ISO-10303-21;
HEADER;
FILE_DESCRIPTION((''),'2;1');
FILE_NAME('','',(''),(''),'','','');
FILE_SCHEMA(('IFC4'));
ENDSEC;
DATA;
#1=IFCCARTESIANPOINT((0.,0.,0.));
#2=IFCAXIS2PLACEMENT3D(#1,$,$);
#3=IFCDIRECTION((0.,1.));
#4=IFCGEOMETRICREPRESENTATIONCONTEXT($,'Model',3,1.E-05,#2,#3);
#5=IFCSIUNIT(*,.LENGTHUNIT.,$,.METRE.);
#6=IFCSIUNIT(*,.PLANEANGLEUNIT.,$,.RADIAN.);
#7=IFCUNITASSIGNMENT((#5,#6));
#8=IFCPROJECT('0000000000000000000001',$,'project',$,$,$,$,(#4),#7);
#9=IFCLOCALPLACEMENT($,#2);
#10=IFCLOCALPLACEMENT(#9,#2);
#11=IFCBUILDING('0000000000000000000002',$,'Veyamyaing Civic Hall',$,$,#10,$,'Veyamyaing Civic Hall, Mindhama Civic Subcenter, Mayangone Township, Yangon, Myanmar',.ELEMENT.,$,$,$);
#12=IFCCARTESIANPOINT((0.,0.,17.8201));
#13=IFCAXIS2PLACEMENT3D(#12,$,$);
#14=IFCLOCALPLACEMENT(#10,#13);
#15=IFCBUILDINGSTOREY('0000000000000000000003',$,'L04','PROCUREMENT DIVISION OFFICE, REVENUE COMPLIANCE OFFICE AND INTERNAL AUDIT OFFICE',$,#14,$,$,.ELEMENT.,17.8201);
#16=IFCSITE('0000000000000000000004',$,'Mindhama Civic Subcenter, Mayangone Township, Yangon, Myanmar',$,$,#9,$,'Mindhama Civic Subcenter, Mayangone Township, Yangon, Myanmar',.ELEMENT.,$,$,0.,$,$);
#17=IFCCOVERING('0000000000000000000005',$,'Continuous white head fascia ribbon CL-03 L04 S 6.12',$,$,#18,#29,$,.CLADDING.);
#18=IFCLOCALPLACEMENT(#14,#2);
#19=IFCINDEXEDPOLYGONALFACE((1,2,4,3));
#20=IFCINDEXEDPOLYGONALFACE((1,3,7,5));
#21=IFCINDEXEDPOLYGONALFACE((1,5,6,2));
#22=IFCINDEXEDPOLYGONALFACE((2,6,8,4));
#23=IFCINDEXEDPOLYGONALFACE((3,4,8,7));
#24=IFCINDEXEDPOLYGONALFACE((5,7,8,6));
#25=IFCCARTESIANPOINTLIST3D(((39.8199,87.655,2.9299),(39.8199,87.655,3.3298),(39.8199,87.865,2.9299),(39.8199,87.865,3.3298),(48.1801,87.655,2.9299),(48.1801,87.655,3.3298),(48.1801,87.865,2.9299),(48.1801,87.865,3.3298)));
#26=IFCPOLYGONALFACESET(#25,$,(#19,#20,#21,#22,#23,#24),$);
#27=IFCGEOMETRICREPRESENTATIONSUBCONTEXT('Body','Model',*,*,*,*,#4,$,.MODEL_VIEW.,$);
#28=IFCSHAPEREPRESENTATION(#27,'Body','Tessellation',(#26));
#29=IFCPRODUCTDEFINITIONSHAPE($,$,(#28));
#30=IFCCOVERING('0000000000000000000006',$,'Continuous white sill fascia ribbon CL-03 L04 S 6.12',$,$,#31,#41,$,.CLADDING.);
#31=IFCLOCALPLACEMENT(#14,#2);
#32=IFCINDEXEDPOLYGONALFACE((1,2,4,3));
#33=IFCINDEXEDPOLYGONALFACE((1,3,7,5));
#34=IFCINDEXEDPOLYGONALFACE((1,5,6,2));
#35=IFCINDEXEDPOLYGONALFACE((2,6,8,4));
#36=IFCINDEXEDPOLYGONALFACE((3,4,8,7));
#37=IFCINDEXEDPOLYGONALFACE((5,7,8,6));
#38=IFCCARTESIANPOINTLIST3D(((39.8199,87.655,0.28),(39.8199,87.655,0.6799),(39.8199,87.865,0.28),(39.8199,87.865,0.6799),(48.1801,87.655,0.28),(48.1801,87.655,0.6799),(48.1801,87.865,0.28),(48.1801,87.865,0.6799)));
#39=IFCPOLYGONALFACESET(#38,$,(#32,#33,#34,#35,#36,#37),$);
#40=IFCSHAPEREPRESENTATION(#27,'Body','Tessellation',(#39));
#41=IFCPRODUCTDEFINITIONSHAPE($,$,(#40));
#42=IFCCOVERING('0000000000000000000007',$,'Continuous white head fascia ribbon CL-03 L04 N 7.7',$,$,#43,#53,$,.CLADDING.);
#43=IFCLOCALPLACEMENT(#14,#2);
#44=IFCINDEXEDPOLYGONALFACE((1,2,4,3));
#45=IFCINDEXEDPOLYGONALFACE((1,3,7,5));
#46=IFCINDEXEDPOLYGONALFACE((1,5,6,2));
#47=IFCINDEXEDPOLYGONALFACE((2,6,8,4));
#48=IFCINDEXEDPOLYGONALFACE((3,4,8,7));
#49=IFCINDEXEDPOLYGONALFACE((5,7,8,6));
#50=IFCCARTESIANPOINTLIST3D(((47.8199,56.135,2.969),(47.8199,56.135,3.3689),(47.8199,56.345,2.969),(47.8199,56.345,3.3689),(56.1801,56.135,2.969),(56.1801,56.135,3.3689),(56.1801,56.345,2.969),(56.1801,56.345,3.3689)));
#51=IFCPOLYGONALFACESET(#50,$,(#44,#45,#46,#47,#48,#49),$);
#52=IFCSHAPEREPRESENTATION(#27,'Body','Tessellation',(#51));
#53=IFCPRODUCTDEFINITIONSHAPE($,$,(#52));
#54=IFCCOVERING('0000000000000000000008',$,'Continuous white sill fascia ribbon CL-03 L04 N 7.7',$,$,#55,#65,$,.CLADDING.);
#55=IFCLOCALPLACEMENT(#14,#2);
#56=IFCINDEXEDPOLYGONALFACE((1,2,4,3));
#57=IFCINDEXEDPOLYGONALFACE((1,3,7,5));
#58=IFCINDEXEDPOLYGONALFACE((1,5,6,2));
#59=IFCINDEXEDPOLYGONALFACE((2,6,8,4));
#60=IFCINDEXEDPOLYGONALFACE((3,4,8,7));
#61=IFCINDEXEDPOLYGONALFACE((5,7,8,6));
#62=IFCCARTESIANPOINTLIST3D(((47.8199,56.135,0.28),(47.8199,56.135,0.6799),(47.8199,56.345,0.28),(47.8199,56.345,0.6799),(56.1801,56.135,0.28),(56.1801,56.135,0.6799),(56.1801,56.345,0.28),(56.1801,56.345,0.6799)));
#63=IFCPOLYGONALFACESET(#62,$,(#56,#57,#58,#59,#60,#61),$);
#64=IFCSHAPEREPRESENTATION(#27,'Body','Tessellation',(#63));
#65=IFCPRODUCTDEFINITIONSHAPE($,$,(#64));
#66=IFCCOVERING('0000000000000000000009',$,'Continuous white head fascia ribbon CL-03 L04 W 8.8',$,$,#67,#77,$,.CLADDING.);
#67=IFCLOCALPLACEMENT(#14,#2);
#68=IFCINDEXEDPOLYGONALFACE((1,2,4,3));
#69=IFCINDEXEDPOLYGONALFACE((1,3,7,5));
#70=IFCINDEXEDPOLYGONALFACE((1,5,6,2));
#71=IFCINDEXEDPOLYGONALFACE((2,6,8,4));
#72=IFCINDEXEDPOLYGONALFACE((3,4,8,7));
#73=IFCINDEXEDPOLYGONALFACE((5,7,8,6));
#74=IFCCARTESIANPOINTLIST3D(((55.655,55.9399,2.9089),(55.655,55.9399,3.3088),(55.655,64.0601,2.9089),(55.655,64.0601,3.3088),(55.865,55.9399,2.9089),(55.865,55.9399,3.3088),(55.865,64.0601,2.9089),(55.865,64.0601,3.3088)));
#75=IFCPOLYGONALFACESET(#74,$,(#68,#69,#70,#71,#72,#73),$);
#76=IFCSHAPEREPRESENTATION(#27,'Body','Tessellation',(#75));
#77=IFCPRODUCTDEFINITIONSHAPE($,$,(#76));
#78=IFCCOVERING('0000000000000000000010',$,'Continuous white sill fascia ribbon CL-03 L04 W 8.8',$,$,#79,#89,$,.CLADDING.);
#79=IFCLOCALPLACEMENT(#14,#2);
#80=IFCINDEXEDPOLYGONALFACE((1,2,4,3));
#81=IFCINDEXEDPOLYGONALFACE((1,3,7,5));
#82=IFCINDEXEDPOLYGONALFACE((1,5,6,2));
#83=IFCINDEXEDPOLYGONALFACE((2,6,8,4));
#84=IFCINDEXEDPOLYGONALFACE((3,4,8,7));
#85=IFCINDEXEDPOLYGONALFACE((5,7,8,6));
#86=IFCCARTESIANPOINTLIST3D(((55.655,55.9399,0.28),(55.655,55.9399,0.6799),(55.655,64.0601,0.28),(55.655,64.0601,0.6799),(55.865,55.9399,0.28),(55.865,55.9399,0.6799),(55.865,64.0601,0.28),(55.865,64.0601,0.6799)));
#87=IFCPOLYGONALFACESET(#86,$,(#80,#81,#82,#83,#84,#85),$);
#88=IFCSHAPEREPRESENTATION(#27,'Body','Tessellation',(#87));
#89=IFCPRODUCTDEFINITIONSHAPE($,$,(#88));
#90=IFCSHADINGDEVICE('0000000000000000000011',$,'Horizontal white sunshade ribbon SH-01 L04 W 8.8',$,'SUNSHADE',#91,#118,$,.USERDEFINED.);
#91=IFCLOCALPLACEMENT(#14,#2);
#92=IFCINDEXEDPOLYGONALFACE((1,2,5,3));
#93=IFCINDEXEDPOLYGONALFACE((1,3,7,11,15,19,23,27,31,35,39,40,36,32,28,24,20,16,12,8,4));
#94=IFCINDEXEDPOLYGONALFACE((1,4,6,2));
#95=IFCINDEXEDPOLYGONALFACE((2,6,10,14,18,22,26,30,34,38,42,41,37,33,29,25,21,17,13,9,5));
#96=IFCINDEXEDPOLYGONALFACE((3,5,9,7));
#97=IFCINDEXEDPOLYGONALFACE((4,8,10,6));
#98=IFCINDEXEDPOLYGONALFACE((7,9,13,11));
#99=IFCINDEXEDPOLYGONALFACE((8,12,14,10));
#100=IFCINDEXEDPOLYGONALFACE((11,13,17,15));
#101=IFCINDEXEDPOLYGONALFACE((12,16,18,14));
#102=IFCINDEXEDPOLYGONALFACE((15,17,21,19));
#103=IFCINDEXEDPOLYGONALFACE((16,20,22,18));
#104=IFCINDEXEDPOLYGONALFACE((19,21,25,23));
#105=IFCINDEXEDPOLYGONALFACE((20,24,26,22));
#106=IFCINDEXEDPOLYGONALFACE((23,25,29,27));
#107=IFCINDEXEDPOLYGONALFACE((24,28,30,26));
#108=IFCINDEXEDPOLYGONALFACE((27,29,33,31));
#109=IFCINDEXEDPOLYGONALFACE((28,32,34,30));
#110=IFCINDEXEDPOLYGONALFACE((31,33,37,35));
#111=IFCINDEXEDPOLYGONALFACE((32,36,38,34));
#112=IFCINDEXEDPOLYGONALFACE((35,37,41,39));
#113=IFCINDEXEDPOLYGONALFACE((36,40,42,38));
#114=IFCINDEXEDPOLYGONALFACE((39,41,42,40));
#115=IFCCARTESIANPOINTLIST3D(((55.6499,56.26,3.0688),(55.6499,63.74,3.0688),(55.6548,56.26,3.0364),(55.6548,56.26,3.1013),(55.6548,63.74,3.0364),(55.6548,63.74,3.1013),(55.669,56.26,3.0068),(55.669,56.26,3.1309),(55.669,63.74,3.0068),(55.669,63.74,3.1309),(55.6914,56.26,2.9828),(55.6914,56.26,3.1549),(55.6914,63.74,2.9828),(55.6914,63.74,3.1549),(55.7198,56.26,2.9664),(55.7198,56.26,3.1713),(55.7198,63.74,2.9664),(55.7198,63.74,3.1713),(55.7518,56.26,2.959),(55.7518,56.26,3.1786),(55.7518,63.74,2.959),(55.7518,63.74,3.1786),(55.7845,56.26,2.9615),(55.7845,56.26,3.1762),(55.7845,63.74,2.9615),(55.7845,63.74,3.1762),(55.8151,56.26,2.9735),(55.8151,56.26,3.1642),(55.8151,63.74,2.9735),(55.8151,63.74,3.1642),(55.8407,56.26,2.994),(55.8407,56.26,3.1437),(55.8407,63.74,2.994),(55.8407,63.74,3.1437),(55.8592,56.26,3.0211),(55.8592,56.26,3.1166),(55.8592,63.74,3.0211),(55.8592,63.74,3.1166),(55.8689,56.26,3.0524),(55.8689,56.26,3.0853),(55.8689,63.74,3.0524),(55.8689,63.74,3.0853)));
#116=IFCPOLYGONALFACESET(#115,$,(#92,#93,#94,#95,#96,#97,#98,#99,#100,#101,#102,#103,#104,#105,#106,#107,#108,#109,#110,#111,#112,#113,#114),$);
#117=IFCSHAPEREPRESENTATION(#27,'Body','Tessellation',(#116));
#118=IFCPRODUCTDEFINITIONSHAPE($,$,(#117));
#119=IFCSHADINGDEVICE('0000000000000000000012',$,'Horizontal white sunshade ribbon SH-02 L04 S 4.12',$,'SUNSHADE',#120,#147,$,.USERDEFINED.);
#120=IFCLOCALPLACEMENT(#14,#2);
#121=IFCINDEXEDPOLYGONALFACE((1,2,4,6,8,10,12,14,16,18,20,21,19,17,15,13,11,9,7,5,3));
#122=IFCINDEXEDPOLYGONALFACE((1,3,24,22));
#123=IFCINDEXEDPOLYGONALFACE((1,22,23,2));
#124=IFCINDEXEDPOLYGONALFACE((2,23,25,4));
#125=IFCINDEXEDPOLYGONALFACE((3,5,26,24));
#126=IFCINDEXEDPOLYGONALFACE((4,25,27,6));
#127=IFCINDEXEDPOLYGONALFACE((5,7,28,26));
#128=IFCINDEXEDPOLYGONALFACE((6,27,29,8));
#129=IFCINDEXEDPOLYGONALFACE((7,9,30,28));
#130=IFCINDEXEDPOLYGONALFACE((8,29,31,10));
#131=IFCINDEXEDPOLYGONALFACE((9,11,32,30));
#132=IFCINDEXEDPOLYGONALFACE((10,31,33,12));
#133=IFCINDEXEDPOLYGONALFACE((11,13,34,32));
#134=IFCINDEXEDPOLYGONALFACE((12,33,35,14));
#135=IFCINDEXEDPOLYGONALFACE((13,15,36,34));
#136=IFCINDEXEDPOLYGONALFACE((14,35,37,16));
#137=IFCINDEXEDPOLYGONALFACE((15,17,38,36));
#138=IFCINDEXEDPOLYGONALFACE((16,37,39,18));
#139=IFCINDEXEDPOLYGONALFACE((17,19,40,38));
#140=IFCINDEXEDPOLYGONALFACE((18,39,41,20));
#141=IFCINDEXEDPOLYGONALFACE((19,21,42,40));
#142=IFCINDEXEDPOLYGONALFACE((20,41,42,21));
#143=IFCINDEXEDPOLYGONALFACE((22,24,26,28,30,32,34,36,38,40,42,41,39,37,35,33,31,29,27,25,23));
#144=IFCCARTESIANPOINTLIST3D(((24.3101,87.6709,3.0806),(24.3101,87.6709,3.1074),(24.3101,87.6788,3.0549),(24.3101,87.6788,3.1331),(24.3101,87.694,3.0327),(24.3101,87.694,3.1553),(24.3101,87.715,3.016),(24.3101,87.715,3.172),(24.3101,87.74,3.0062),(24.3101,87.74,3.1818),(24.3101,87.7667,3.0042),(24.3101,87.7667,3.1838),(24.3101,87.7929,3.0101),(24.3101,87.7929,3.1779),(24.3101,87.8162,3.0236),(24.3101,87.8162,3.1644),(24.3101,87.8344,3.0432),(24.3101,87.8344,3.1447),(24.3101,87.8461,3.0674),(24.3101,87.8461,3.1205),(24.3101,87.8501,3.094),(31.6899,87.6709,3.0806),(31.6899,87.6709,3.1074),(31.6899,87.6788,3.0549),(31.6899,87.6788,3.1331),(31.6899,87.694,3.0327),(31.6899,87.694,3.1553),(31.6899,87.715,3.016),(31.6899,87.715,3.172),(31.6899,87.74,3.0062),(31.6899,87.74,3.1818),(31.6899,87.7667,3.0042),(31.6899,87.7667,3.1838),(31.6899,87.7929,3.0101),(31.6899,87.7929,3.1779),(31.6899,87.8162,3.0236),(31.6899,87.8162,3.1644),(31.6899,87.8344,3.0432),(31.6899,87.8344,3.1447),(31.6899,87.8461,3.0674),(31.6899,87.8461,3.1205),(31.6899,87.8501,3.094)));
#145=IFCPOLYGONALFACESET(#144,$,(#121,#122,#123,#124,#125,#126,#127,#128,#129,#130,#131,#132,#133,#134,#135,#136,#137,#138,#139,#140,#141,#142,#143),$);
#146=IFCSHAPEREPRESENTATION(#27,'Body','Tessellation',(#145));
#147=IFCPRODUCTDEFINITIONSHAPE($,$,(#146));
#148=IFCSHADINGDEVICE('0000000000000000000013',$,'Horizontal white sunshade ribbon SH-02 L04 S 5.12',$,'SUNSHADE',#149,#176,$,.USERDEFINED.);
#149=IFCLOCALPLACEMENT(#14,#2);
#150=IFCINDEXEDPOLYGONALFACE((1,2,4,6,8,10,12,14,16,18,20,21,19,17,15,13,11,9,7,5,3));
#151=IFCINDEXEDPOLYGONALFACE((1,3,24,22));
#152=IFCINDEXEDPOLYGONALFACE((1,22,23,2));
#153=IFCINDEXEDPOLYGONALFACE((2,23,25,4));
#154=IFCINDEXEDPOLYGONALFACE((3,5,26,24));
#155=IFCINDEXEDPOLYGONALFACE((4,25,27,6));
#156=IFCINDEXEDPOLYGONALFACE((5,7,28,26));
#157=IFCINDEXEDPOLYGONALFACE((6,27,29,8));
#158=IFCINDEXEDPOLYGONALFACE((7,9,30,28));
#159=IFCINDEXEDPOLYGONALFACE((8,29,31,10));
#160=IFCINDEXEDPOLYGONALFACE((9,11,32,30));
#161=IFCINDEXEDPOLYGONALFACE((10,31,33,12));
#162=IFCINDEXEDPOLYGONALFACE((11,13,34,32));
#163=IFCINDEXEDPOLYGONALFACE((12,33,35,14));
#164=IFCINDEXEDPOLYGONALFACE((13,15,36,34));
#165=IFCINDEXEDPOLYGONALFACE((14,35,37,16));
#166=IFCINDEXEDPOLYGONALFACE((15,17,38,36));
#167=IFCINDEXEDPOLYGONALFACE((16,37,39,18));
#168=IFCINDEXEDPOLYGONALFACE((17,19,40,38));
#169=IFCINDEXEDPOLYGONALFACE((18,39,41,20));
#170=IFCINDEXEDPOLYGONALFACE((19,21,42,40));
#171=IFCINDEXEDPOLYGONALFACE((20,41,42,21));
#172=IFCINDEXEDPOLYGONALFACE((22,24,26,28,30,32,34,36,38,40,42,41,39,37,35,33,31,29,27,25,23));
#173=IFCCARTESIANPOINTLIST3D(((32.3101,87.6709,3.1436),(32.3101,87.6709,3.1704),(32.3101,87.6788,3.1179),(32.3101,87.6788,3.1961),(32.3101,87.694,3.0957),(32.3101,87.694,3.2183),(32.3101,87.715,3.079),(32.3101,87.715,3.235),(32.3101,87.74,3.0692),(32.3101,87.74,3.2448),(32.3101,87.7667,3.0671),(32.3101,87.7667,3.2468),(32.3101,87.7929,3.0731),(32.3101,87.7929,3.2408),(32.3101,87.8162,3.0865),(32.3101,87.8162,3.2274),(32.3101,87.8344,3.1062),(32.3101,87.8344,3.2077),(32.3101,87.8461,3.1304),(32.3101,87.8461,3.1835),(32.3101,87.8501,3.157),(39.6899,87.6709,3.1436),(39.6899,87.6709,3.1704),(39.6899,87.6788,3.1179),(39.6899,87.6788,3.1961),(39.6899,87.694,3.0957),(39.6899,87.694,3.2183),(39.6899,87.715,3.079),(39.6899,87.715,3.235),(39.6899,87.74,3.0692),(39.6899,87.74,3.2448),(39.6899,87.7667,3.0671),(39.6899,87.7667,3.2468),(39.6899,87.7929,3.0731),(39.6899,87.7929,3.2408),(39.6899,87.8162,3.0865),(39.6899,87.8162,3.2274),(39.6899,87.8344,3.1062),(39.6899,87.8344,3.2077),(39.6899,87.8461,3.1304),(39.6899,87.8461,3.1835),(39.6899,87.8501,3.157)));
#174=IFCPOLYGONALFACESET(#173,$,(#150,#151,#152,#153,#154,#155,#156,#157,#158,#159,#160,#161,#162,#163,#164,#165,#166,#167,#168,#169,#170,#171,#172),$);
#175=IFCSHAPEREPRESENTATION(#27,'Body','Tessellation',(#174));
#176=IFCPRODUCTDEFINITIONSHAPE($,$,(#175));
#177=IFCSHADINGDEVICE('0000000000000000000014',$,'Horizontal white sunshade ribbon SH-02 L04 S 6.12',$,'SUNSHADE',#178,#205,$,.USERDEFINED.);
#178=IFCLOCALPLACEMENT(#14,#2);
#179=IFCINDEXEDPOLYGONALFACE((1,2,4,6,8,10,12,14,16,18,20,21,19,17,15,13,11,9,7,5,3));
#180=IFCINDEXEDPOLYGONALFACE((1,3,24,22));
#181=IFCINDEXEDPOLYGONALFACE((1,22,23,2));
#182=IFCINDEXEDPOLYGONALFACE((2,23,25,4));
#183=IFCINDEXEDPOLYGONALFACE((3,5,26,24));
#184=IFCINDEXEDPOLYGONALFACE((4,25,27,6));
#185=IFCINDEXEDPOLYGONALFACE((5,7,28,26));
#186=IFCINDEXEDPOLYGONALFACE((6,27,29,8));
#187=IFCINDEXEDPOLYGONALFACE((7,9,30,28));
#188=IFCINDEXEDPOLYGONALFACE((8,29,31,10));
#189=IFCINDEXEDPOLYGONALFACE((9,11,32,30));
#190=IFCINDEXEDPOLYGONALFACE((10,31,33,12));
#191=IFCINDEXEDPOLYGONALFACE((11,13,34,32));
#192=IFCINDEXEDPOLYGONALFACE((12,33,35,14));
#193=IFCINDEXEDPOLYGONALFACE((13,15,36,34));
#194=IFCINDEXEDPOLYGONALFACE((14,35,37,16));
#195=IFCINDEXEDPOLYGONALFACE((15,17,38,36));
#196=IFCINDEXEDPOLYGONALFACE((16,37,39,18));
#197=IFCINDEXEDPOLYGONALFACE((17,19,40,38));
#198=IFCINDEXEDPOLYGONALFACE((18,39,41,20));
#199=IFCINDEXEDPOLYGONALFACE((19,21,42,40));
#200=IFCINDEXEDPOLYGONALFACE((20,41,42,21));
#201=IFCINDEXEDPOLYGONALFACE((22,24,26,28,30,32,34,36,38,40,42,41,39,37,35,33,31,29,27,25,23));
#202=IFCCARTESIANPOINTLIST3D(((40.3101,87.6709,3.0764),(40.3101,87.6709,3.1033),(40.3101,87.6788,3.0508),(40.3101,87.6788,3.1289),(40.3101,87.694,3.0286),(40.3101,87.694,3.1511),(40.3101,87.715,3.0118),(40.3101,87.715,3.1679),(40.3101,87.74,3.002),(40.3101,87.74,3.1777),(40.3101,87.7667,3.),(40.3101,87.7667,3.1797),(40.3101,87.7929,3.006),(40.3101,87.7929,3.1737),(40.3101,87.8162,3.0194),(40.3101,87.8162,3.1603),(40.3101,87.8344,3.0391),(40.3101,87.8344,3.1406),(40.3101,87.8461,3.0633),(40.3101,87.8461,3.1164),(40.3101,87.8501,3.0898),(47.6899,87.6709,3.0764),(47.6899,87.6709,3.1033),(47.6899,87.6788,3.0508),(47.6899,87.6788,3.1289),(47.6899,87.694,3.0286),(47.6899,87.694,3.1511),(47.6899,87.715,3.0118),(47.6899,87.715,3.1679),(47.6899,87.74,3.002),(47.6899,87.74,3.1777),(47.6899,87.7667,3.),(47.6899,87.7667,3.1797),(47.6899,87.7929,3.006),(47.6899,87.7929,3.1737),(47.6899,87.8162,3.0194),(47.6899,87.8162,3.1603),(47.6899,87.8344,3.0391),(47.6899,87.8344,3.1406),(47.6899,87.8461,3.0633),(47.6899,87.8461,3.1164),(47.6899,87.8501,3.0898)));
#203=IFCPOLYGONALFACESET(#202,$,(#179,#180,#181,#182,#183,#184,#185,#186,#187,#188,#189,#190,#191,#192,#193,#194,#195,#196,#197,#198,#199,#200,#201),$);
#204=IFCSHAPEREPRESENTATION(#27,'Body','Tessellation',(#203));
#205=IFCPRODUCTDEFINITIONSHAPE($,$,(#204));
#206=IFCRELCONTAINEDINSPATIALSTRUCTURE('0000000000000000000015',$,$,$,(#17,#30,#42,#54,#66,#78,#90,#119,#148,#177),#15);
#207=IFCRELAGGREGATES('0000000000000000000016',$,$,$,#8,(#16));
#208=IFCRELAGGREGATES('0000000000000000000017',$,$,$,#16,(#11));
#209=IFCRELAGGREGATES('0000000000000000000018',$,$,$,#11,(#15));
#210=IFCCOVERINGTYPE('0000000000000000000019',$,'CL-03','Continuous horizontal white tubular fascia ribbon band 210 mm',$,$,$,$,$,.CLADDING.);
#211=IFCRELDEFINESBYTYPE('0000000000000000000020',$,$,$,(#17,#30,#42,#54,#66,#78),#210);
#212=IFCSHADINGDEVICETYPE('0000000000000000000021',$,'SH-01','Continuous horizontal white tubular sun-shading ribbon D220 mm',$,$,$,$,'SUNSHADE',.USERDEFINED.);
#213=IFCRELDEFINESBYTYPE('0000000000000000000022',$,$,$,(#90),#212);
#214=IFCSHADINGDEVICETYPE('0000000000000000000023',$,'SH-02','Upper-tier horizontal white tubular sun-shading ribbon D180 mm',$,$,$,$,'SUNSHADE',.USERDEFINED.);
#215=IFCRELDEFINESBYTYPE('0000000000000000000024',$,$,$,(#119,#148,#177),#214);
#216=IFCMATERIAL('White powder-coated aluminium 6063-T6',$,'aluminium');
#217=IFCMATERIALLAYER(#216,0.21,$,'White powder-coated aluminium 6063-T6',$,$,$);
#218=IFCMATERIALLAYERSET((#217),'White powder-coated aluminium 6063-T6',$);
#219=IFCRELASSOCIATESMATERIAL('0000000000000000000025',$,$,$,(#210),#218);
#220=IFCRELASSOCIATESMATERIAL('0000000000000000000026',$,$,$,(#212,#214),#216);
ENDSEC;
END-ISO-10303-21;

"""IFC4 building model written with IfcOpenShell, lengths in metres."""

from ifc_helpers import new_model, si_unit, direction, frame, origin, origin_2d, place, context, subcontext, project, spatial, rectangle, circle, extrude, material, layer, layer_set, material_profile, profile_set, type_object, element, save


model = new_model("IFC4")

# Units and contexts
model_context = context("Model", 3, precision=1e-05, world=origin(), true_north=direction((0.0, 1.0)))
body_context = subcontext(model_context, "Body", "Model", "MODEL_VIEW")
ifc_project = project(units=[si_unit("LENGTHUNIT", "METRE"), si_unit("PLANEANGLEUNIT", "RADIAN")], contexts=[model_context])

# Site, building, storey
site_placement = place(None, origin())
site = spatial("IfcSite", under=ifc_project, at=site_placement, Name="Mindhama Civic Subcenter, Mayangone Township, Yangon, Myanmar", LongName="Mindhama Civic Subcenter, Mayangone Township, Yangon, Myanmar", CompositionType="ELEMENT", RefElevation=0.0)
building_placement = place(site_placement, origin())
building = spatial("IfcBuilding", under=site, at=building_placement, Name="Veyamyaing Civic Hall", LongName="Veyamyaing Civic Hall, Mindhama Civic Subcenter, Mayangone Township, Yangon, Myanmar", CompositionType="ELEMENT")
storey_placement = place(building_placement, frame((0.0, 0.0, 17.8201)))
storey = spatial("IfcBuildingStorey", under=building, at=storey_placement, Name="L04", Description="PROCUREMENT DIVISION OFFICE, REVENUE COMPLIANCE OFFICE AND INTERNAL AUDIT OFFICE", CompositionType="ELEMENT", Elevation=17.8201)

# Coverings
ifc_material_1 = material(Name="White powder-coated aluminium 6063-T6", Category="aluminium")
ifc_layer_1 = layer(ifc_material_1, 0.21, Name="White powder-coated aluminium 6063-T6")
ifc_layer_set_1 = layer_set([ifc_layer_1], Name="White powder-coated aluminium 6063-T6")
covering_type_1 = type_object("IfcCoveringType", Name="CL-03", Description="Continuous horizontal white tubular fascia ribbon band 210 mm", PredefinedType="CLADDING", material=ifc_layer_set_1)
for number, where, z_axis, x_axis, name in (
    (1, (44.0, 87.76, 2.9299), (0.0, 0.0, 1.0), (1.0, 0.0, 0.0), "Continuous white head fascia ribbon CL-03 L04 S 6.12"),
    (2, (44.0, 87.76, 0.28), (0.0, 0.0, 1.0), (1.0, 0.0, 0.0), "Continuous white sill fascia ribbon CL-03 L04 S 6.12"),
    (3, (52.0, 56.24, 2.969), (0.0, 0.0, 1.0), (1.0, 0.0, 0.0), "Continuous white head fascia ribbon CL-03 L04 N 7.7"),
    (4, (52.0, 56.24, 0.28), (0.0, 0.0, 1.0), (1.0, 0.0, 0.0), "Continuous white sill fascia ribbon CL-03 L04 N 7.7"),
):
    element("IfcCovering", number, at=place(storey_placement, frame(where, z_axis=z_axis, x_axis=x_axis)), inside=storey, type_object=covering_type_1, Name=name, PredefinedType="CLADDING", context=body_context, shape_type="SweptSolid", body=[
        extrude(rectangle(XDim=8.3601, YDim=0.21, at=origin_2d()), origin(), (0.0, 0.0, 1.0), 0.3999),
    ])
for number, where, z_axis, x_axis, name in (
    (5, (55.76, 60.0, 2.9089), (0.0, 0.0, 1.0), (0.0, 1.0, 0.0), "Continuous white head fascia ribbon CL-03 L04 W 8.8"),
    (6, (55.76, 60.0, 0.28), (0.0, 0.0, 1.0), (0.0, 1.0, 0.0), "Continuous white sill fascia ribbon CL-03 L04 W 8.8"),
):
    element("IfcCovering", number, at=place(storey_placement, frame(where, z_axis=z_axis, x_axis=x_axis)), inside=storey, type_object=covering_type_1, Name=name, PredefinedType="CLADDING", context=body_context, shape_type="SweptSolid", body=[
        extrude(rectangle(XDim=8.1201, YDim=0.21, at=origin_2d()), origin(), (0.0, 0.0, 1.0), 0.3999),
    ])

# Shading devices
ifc_material_profile_1 = material_profile(ifc_material_1, circle(Radius=0.1101, at=origin_2d()), Name="SHADE-TUBE-220")
ifc_profile_set_1 = profile_set([ifc_material_profile_1], Name="White powder-coated aluminium 6063-T6")
shading_device_type_1 = type_object("IfcShadingDeviceType", Name="SH-01", Description="Continuous horizontal white tubular sun-shading ribbon D220 mm", ElementType="SUNSHADE", PredefinedType="USERDEFINED", material=ifc_profile_set_1)
shading_device_1_placement = place(storey_placement, frame((55.76, 56.26, 3.0688), z_axis=(0.0, 1.0, 0.0), x_axis=(-1.0, 0.0, 0.0)))
element("IfcShadingDevice", 7, at=shading_device_1_placement, inside=storey, type_object=shading_device_type_1, Name="Horizontal white sunshade ribbon SH-01 L04 W 8.8", ObjectType="SUNSHADE", PredefinedType="USERDEFINED", context=body_context, shape_type="SweptSolid", body=[
    extrude(circle(Radius=0.1101, at=origin_2d()), origin(), (0.0, 0.0, 1.0), 7.48),
])
ifc_material_profile_2 = material_profile(ifc_material_1, circle(Radius=0.0901, at=origin_2d()), Name="SHADE-TUBE-180")
ifc_profile_set_2 = profile_set([ifc_material_profile_2], Name="White powder-coated aluminium 6063-T6")
shading_device_type_2 = type_object("IfcShadingDeviceType", Name="SH-02", Description="Upper-tier horizontal white tubular sun-shading ribbon D180 mm", ElementType="SUNSHADE", PredefinedType="USERDEFINED", material=ifc_profile_set_2)
for number, where, z_axis, x_axis, name in (
    (8, (24.3101, 87.76, 3.094), (1.0, 0.0, 0.0), (0.0, 1.0, 0.0), "Horizontal white sunshade ribbon SH-02 L04 S 4.12"),
    (9, (32.3101, 87.76, 3.157), (1.0, 0.0, 0.0), (0.0, 1.0, 0.0), "Horizontal white sunshade ribbon SH-02 L04 S 5.12"),
    (10, (40.3101, 87.76, 3.0898), (1.0, 0.0, 0.0), (0.0, 1.0, 0.0), "Horizontal white sunshade ribbon SH-02 L04 S 6.12"),
):
    element("IfcShadingDevice", number, at=place(storey_placement, frame(where, z_axis=z_axis, x_axis=x_axis)), inside=storey, type_object=shading_device_type_2, Name=name, ObjectType="SUNSHADE", PredefinedType="USERDEFINED", context=body_context, shape_type="SweptSolid", body=[
        extrude(circle(Radius=0.0901, at=origin_2d()), origin(), (0.0, 0.0, 1.0), 7.3799),
    ])

save(model, "model.ifc")
